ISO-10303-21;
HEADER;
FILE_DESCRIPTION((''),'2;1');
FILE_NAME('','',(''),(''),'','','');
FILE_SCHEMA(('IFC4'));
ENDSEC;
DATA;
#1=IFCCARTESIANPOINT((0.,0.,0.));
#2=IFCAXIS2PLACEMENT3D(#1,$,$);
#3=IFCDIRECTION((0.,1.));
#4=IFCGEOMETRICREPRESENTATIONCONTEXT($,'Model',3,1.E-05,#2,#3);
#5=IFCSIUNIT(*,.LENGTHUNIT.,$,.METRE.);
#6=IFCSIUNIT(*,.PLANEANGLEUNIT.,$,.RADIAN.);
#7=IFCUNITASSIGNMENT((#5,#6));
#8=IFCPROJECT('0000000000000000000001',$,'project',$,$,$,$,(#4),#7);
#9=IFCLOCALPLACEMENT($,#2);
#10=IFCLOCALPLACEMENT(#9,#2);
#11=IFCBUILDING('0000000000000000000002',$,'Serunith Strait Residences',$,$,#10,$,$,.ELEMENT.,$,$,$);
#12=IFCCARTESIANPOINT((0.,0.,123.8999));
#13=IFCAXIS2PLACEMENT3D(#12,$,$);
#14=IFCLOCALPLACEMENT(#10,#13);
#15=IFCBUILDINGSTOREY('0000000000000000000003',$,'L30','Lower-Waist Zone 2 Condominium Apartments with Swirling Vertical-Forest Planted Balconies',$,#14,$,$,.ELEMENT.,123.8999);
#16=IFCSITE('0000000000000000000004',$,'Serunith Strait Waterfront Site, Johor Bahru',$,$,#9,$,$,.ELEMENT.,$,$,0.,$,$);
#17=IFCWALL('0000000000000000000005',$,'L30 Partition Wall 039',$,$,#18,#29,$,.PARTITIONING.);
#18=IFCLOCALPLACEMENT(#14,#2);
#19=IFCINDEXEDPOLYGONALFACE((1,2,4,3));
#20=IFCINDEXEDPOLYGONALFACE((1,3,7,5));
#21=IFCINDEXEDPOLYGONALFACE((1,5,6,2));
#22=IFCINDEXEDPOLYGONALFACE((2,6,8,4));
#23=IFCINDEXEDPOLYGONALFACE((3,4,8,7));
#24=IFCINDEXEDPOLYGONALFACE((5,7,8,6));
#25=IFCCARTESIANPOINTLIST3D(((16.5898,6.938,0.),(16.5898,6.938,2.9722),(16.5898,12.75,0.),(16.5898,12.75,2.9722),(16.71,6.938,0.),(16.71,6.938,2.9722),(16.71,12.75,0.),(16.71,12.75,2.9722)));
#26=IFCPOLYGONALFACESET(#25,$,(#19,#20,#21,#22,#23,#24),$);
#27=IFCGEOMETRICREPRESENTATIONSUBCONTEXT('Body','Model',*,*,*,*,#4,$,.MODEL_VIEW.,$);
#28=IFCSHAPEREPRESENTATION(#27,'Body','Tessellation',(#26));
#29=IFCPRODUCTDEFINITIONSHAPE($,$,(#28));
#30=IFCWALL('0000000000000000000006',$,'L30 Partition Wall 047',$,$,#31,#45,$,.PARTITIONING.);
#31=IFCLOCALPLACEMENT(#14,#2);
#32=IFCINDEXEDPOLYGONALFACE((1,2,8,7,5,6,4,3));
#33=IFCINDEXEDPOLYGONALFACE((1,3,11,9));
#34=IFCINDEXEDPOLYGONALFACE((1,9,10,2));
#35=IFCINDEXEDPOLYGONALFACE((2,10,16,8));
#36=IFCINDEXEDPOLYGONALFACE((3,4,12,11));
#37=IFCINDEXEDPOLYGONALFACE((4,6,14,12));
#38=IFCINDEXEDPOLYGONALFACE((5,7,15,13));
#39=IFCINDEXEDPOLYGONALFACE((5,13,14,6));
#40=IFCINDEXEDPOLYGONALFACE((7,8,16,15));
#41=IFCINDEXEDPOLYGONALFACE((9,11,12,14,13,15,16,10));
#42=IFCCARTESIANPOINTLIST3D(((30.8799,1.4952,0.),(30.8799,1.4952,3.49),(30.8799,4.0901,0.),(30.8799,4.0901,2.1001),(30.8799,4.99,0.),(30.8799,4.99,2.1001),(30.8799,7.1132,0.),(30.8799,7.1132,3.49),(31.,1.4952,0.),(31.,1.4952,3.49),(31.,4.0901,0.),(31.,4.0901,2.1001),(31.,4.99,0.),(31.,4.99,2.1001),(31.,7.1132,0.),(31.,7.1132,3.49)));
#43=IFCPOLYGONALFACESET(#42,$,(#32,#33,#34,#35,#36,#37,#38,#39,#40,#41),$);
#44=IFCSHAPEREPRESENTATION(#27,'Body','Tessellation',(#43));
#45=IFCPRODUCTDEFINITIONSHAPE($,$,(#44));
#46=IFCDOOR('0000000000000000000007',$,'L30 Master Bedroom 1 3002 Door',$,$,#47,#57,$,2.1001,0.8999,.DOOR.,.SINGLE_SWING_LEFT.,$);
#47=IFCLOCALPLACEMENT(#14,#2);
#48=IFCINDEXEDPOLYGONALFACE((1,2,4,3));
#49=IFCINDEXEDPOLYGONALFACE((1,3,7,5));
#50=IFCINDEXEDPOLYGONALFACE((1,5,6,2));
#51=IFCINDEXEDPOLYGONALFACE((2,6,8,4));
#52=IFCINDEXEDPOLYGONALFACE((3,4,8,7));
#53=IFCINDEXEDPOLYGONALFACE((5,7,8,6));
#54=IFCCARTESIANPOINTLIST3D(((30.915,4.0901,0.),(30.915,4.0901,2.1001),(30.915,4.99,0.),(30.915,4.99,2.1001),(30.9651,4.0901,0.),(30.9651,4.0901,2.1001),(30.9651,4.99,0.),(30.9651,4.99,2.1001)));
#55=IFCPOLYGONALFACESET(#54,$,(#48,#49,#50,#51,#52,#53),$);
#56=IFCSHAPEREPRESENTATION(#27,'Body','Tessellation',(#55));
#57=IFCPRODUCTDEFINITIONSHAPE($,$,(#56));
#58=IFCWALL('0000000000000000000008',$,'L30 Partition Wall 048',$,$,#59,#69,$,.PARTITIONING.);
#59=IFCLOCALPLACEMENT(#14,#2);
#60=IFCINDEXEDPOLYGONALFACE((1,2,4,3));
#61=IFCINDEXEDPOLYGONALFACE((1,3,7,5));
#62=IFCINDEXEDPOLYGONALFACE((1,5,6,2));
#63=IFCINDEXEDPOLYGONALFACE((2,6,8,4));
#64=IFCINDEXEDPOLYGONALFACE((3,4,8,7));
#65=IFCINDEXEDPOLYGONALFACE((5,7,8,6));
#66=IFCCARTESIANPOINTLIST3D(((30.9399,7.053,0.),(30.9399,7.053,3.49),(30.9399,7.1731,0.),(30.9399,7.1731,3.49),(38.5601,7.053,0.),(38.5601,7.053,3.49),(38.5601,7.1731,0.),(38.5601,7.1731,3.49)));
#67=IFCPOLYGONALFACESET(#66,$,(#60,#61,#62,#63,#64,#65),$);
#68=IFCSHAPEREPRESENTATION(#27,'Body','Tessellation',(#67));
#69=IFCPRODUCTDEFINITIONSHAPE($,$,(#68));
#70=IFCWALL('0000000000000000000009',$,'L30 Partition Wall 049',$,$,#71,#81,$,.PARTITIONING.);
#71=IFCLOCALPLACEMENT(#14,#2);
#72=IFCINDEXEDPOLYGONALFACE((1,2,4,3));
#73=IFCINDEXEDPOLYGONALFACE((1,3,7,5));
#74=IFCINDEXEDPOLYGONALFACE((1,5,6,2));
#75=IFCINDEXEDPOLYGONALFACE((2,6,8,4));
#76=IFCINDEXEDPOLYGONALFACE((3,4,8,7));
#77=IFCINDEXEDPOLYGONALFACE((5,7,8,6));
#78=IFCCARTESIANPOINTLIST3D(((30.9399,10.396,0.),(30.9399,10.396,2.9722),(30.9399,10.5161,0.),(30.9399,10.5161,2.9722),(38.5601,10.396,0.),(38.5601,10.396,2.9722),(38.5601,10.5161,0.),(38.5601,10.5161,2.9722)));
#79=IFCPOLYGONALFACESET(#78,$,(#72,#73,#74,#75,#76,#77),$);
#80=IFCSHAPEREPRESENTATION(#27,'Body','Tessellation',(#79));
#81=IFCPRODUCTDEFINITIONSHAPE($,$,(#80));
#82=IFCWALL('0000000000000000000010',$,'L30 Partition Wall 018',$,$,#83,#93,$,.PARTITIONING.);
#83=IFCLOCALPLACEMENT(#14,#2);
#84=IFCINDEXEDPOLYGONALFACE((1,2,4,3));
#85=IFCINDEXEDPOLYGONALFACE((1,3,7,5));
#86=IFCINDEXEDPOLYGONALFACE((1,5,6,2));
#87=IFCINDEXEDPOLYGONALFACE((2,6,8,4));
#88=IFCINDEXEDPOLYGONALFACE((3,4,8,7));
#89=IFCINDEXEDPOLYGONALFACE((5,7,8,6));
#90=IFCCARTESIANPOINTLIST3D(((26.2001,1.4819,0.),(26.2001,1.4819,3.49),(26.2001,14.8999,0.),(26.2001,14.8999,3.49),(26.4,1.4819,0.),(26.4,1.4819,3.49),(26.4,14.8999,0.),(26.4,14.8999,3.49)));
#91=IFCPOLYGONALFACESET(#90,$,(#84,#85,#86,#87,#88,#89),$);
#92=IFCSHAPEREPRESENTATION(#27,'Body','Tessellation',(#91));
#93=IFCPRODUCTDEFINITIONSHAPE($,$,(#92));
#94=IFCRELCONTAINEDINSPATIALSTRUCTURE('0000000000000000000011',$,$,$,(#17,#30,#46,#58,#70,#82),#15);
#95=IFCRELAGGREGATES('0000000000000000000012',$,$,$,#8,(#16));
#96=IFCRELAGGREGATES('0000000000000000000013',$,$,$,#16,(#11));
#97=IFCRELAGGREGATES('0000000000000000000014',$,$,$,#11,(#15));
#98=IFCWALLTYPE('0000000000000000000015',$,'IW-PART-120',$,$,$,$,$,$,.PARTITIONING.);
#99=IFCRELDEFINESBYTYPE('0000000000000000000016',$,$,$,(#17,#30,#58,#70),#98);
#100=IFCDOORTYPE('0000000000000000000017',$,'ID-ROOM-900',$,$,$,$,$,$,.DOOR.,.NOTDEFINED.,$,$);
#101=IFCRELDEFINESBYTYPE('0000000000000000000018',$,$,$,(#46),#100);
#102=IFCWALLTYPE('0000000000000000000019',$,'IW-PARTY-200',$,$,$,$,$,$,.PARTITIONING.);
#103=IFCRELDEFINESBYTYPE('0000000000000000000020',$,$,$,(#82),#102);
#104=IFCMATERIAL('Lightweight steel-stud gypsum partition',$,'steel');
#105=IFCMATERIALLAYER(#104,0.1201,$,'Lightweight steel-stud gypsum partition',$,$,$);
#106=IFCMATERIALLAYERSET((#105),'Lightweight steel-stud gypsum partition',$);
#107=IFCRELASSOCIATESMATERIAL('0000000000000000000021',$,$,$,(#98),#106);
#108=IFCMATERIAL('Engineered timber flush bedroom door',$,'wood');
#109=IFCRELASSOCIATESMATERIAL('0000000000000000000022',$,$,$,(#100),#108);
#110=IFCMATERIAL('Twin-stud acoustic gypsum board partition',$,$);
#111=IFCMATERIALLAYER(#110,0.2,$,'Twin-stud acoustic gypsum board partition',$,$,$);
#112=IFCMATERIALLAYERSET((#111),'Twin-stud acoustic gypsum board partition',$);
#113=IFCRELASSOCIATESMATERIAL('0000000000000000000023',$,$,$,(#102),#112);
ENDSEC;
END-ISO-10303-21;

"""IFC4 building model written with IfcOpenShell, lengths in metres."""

from ifc_helpers import new_model, si_unit, direction, frame, frame_2d, origin, place, context, subcontext, project, spatial, rectangle, extrude, source, transform, mapped, material, layer, layer_set, type_object, element, fill, save


model = new_model("IFC4")

# Units and contexts
model_context = context("Model", 3, precision=1e-05, world=origin(), true_north=direction((0.0, 1.0)))
body_context = subcontext(model_context, "Body", "Model", "MODEL_VIEW")
ifc_project = project(units=[si_unit("LENGTHUNIT", "METRE"), si_unit("PLANEANGLEUNIT", "RADIAN")], contexts=[model_context])

# Site, building, storey
site_placement = place(None, origin())
site = spatial("IfcSite", under=ifc_project, at=site_placement, Name="Serunith Strait Waterfront Site, Johor Bahru", CompositionType="ELEMENT", RefElevation=0.0)
building_placement = place(site_placement, origin())
building = spatial("IfcBuilding", under=site, at=building_placement, Name="Serunith Strait Residences", CompositionType="ELEMENT")
storey_placement = place(building_placement, frame((0.0, 0.0, 123.8999)))
storey = spatial("IfcBuildingStorey", under=building, at=storey_placement, Name="L30", Description="Lower-Waist Zone 2 Condominium Apartments with Swirling Vertical-Forest Planted Balconies", CompositionType="ELEMENT", Elevation=123.8999)

# Shared definitions
ifc_material_1 = material(Name="Lightweight steel-stud gypsum partition", Category="steel")
ifc_layer_1 = layer(ifc_material_1, 0.1201, Name="Lightweight steel-stud gypsum partition")
ifc_layer_set_1 = layer_set([ifc_layer_1], Name="Lightweight steel-stud gypsum partition")
wall_type_1 = type_object("IfcWallType", Name="IW-PART-120", PredefinedType="PARTITIONING", material=ifc_layer_set_1)
ifc_material_2 = material(Name="Engineered timber flush bedroom door", Category="wood")
door_type_1 = type_object("IfcDoorType", Name="ID-ROOM-900", OperationType="NOTDEFINED", PredefinedType="DOOR", material=ifc_material_2)
shared_shape_1 = source(origin(), body_context, "Body", "SweptSolid", [
    extrude(rectangle(XDim=0.8999, YDim=2.1001, at=frame_2d((0.45, 1.05))), frame((0.0, 0.0249, 0.0), z_axis=(0.0, -1.0, 0.0), x_axis=(1.0, 0.0, 0.0)), (0.0, 0.0, 1.0), 0.05),
])

# Wall
wall_1_placement = place(storey_placement, frame((16.6499, 6.938, 0.0), z_axis=(0.0, 0.0, 1.0), x_axis=(0.0, 1.0, 0.0)))
element("IfcWall", 1, at=wall_1_placement, inside=storey, type_object=wall_type_1, Name="L30 Partition Wall 039", PredefinedType="PARTITIONING", context=body_context, shape_type="SweptSolid", body=[
    extrude(rectangle(XDim=5.812, YDim=0.1201, at=frame_2d((2.906, 0.0))), origin(), (0.0, 0.0, 1.0), 2.9722),
])

# Wall, opening, door
wall_2_placement = place(storey_placement, frame((30.9399, 1.4951, 0.0), z_axis=(0.0, 0.0, 1.0), x_axis=(0.0, 1.0, 0.0)))
wall_2 = element("IfcWall", 2, at=wall_2_placement, inside=storey, type_object=wall_type_1, Name="L30 Partition Wall 047", PredefinedType="PARTITIONING", context=body_context, shape_type="SweptSolid", body=[
    extrude(rectangle(XDim=5.6179, YDim=0.1201, at=frame_2d((2.8091, 0.0))), origin(), (0.0, 0.0, 1.0), 3.49),
])
opening_1_placement = place(wall_2_placement, frame((2.595, 0.0, 0.0)))
opening_1 = element("IfcOpeningElement", 3, at=opening_1_placement, cuts=wall_2, PredefinedType="OPENING", context=body_context, shape_type="SweptSolid", body=[
    extrude(rectangle(XDim=0.8999, YDim=2.1001, at=frame_2d((0.45, 1.05))), frame((0.0, 0.0701, 0.0), z_axis=(0.0, -1.0, 0.0), x_axis=(1.0, 0.0, 0.0)), (0.0, 0.0, 1.0), 0.1401),
])
door_1_placement = place(opening_1_placement, origin())
door_1 = element("IfcDoor", 4, at=door_1_placement, inside=storey, type_object=door_type_1, Name="L30 Master Bedroom 1 3002 Door", OperationType="SINGLE_SWING_LEFT", OverallHeight=2.1001, OverallWidth=0.8999, PredefinedType="DOOR", context=body_context, shape_type="MappedRepresentation", body=[
    mapped(shared_shape_1, transform((0.0, 0.0, 0.0), scale=1.0)),
])
fill(opening_1, door_1)

# Walls
wall_3_placement = place(storey_placement, frame((30.9399, 7.113, 0.0), z_axis=(0.0, 0.0, 1.0), x_axis=(1.0, 0.0, 0.0)))
element("IfcWall", 5, at=wall_3_placement, inside=storey, type_object=wall_type_1, Name="L30 Partition Wall 048", PredefinedType="PARTITIONING", context=body_context, shape_type="SweptSolid", body=[
    extrude(rectangle(XDim=7.6201, YDim=0.1201, at=frame_2d((3.8101, 0.0))), origin(), (0.0, 0.0, 1.0), 3.49),
])
wall_4_placement = place(storey_placement, frame((30.9399, 10.4561, 0.0), z_axis=(0.0, 0.0, 1.0), x_axis=(1.0, 0.0, 0.0)))
element("IfcWall", 6, at=wall_4_placement, inside=storey, type_object=wall_type_1, Name="L30 Partition Wall 049", PredefinedType="PARTITIONING", context=body_context, shape_type="SweptSolid", body=[
    extrude(rectangle(XDim=7.6201, YDim=0.1201, at=frame_2d((3.8101, 0.0))), origin(), (0.0, 0.0, 1.0), 2.9722),
])
ifc_material_3 = material(Name="Twin-stud acoustic gypsum board partition")
ifc_layer_2 = layer(ifc_material_3, 0.2, Name="Twin-stud acoustic gypsum board partition")
ifc_layer_set_2 = layer_set([ifc_layer_2], Name="Twin-stud acoustic gypsum board partition")
wall_type_2 = type_object("IfcWallType", Name="IW-PARTY-200", PredefinedType="PARTITIONING", material=ifc_layer_set_2)
wall_5_placement = place(storey_placement, frame((26.3, 1.4819, 0.0), z_axis=(0.0, 0.0, 1.0), x_axis=(0.0, 1.0, 0.0)))
element("IfcWall", 7, at=wall_5_placement, inside=storey, type_object=wall_type_2, Name="L30 Partition Wall 018", PredefinedType="PARTITIONING", context=body_context, shape_type="SweptSolid", body=[
    extrude(rectangle(XDim=13.418, YDim=0.2, at=frame_2d((6.709, 0.0))), origin(), (0.0, 0.0, 1.0), 3.49),
])

save(model, "model.ifc")
